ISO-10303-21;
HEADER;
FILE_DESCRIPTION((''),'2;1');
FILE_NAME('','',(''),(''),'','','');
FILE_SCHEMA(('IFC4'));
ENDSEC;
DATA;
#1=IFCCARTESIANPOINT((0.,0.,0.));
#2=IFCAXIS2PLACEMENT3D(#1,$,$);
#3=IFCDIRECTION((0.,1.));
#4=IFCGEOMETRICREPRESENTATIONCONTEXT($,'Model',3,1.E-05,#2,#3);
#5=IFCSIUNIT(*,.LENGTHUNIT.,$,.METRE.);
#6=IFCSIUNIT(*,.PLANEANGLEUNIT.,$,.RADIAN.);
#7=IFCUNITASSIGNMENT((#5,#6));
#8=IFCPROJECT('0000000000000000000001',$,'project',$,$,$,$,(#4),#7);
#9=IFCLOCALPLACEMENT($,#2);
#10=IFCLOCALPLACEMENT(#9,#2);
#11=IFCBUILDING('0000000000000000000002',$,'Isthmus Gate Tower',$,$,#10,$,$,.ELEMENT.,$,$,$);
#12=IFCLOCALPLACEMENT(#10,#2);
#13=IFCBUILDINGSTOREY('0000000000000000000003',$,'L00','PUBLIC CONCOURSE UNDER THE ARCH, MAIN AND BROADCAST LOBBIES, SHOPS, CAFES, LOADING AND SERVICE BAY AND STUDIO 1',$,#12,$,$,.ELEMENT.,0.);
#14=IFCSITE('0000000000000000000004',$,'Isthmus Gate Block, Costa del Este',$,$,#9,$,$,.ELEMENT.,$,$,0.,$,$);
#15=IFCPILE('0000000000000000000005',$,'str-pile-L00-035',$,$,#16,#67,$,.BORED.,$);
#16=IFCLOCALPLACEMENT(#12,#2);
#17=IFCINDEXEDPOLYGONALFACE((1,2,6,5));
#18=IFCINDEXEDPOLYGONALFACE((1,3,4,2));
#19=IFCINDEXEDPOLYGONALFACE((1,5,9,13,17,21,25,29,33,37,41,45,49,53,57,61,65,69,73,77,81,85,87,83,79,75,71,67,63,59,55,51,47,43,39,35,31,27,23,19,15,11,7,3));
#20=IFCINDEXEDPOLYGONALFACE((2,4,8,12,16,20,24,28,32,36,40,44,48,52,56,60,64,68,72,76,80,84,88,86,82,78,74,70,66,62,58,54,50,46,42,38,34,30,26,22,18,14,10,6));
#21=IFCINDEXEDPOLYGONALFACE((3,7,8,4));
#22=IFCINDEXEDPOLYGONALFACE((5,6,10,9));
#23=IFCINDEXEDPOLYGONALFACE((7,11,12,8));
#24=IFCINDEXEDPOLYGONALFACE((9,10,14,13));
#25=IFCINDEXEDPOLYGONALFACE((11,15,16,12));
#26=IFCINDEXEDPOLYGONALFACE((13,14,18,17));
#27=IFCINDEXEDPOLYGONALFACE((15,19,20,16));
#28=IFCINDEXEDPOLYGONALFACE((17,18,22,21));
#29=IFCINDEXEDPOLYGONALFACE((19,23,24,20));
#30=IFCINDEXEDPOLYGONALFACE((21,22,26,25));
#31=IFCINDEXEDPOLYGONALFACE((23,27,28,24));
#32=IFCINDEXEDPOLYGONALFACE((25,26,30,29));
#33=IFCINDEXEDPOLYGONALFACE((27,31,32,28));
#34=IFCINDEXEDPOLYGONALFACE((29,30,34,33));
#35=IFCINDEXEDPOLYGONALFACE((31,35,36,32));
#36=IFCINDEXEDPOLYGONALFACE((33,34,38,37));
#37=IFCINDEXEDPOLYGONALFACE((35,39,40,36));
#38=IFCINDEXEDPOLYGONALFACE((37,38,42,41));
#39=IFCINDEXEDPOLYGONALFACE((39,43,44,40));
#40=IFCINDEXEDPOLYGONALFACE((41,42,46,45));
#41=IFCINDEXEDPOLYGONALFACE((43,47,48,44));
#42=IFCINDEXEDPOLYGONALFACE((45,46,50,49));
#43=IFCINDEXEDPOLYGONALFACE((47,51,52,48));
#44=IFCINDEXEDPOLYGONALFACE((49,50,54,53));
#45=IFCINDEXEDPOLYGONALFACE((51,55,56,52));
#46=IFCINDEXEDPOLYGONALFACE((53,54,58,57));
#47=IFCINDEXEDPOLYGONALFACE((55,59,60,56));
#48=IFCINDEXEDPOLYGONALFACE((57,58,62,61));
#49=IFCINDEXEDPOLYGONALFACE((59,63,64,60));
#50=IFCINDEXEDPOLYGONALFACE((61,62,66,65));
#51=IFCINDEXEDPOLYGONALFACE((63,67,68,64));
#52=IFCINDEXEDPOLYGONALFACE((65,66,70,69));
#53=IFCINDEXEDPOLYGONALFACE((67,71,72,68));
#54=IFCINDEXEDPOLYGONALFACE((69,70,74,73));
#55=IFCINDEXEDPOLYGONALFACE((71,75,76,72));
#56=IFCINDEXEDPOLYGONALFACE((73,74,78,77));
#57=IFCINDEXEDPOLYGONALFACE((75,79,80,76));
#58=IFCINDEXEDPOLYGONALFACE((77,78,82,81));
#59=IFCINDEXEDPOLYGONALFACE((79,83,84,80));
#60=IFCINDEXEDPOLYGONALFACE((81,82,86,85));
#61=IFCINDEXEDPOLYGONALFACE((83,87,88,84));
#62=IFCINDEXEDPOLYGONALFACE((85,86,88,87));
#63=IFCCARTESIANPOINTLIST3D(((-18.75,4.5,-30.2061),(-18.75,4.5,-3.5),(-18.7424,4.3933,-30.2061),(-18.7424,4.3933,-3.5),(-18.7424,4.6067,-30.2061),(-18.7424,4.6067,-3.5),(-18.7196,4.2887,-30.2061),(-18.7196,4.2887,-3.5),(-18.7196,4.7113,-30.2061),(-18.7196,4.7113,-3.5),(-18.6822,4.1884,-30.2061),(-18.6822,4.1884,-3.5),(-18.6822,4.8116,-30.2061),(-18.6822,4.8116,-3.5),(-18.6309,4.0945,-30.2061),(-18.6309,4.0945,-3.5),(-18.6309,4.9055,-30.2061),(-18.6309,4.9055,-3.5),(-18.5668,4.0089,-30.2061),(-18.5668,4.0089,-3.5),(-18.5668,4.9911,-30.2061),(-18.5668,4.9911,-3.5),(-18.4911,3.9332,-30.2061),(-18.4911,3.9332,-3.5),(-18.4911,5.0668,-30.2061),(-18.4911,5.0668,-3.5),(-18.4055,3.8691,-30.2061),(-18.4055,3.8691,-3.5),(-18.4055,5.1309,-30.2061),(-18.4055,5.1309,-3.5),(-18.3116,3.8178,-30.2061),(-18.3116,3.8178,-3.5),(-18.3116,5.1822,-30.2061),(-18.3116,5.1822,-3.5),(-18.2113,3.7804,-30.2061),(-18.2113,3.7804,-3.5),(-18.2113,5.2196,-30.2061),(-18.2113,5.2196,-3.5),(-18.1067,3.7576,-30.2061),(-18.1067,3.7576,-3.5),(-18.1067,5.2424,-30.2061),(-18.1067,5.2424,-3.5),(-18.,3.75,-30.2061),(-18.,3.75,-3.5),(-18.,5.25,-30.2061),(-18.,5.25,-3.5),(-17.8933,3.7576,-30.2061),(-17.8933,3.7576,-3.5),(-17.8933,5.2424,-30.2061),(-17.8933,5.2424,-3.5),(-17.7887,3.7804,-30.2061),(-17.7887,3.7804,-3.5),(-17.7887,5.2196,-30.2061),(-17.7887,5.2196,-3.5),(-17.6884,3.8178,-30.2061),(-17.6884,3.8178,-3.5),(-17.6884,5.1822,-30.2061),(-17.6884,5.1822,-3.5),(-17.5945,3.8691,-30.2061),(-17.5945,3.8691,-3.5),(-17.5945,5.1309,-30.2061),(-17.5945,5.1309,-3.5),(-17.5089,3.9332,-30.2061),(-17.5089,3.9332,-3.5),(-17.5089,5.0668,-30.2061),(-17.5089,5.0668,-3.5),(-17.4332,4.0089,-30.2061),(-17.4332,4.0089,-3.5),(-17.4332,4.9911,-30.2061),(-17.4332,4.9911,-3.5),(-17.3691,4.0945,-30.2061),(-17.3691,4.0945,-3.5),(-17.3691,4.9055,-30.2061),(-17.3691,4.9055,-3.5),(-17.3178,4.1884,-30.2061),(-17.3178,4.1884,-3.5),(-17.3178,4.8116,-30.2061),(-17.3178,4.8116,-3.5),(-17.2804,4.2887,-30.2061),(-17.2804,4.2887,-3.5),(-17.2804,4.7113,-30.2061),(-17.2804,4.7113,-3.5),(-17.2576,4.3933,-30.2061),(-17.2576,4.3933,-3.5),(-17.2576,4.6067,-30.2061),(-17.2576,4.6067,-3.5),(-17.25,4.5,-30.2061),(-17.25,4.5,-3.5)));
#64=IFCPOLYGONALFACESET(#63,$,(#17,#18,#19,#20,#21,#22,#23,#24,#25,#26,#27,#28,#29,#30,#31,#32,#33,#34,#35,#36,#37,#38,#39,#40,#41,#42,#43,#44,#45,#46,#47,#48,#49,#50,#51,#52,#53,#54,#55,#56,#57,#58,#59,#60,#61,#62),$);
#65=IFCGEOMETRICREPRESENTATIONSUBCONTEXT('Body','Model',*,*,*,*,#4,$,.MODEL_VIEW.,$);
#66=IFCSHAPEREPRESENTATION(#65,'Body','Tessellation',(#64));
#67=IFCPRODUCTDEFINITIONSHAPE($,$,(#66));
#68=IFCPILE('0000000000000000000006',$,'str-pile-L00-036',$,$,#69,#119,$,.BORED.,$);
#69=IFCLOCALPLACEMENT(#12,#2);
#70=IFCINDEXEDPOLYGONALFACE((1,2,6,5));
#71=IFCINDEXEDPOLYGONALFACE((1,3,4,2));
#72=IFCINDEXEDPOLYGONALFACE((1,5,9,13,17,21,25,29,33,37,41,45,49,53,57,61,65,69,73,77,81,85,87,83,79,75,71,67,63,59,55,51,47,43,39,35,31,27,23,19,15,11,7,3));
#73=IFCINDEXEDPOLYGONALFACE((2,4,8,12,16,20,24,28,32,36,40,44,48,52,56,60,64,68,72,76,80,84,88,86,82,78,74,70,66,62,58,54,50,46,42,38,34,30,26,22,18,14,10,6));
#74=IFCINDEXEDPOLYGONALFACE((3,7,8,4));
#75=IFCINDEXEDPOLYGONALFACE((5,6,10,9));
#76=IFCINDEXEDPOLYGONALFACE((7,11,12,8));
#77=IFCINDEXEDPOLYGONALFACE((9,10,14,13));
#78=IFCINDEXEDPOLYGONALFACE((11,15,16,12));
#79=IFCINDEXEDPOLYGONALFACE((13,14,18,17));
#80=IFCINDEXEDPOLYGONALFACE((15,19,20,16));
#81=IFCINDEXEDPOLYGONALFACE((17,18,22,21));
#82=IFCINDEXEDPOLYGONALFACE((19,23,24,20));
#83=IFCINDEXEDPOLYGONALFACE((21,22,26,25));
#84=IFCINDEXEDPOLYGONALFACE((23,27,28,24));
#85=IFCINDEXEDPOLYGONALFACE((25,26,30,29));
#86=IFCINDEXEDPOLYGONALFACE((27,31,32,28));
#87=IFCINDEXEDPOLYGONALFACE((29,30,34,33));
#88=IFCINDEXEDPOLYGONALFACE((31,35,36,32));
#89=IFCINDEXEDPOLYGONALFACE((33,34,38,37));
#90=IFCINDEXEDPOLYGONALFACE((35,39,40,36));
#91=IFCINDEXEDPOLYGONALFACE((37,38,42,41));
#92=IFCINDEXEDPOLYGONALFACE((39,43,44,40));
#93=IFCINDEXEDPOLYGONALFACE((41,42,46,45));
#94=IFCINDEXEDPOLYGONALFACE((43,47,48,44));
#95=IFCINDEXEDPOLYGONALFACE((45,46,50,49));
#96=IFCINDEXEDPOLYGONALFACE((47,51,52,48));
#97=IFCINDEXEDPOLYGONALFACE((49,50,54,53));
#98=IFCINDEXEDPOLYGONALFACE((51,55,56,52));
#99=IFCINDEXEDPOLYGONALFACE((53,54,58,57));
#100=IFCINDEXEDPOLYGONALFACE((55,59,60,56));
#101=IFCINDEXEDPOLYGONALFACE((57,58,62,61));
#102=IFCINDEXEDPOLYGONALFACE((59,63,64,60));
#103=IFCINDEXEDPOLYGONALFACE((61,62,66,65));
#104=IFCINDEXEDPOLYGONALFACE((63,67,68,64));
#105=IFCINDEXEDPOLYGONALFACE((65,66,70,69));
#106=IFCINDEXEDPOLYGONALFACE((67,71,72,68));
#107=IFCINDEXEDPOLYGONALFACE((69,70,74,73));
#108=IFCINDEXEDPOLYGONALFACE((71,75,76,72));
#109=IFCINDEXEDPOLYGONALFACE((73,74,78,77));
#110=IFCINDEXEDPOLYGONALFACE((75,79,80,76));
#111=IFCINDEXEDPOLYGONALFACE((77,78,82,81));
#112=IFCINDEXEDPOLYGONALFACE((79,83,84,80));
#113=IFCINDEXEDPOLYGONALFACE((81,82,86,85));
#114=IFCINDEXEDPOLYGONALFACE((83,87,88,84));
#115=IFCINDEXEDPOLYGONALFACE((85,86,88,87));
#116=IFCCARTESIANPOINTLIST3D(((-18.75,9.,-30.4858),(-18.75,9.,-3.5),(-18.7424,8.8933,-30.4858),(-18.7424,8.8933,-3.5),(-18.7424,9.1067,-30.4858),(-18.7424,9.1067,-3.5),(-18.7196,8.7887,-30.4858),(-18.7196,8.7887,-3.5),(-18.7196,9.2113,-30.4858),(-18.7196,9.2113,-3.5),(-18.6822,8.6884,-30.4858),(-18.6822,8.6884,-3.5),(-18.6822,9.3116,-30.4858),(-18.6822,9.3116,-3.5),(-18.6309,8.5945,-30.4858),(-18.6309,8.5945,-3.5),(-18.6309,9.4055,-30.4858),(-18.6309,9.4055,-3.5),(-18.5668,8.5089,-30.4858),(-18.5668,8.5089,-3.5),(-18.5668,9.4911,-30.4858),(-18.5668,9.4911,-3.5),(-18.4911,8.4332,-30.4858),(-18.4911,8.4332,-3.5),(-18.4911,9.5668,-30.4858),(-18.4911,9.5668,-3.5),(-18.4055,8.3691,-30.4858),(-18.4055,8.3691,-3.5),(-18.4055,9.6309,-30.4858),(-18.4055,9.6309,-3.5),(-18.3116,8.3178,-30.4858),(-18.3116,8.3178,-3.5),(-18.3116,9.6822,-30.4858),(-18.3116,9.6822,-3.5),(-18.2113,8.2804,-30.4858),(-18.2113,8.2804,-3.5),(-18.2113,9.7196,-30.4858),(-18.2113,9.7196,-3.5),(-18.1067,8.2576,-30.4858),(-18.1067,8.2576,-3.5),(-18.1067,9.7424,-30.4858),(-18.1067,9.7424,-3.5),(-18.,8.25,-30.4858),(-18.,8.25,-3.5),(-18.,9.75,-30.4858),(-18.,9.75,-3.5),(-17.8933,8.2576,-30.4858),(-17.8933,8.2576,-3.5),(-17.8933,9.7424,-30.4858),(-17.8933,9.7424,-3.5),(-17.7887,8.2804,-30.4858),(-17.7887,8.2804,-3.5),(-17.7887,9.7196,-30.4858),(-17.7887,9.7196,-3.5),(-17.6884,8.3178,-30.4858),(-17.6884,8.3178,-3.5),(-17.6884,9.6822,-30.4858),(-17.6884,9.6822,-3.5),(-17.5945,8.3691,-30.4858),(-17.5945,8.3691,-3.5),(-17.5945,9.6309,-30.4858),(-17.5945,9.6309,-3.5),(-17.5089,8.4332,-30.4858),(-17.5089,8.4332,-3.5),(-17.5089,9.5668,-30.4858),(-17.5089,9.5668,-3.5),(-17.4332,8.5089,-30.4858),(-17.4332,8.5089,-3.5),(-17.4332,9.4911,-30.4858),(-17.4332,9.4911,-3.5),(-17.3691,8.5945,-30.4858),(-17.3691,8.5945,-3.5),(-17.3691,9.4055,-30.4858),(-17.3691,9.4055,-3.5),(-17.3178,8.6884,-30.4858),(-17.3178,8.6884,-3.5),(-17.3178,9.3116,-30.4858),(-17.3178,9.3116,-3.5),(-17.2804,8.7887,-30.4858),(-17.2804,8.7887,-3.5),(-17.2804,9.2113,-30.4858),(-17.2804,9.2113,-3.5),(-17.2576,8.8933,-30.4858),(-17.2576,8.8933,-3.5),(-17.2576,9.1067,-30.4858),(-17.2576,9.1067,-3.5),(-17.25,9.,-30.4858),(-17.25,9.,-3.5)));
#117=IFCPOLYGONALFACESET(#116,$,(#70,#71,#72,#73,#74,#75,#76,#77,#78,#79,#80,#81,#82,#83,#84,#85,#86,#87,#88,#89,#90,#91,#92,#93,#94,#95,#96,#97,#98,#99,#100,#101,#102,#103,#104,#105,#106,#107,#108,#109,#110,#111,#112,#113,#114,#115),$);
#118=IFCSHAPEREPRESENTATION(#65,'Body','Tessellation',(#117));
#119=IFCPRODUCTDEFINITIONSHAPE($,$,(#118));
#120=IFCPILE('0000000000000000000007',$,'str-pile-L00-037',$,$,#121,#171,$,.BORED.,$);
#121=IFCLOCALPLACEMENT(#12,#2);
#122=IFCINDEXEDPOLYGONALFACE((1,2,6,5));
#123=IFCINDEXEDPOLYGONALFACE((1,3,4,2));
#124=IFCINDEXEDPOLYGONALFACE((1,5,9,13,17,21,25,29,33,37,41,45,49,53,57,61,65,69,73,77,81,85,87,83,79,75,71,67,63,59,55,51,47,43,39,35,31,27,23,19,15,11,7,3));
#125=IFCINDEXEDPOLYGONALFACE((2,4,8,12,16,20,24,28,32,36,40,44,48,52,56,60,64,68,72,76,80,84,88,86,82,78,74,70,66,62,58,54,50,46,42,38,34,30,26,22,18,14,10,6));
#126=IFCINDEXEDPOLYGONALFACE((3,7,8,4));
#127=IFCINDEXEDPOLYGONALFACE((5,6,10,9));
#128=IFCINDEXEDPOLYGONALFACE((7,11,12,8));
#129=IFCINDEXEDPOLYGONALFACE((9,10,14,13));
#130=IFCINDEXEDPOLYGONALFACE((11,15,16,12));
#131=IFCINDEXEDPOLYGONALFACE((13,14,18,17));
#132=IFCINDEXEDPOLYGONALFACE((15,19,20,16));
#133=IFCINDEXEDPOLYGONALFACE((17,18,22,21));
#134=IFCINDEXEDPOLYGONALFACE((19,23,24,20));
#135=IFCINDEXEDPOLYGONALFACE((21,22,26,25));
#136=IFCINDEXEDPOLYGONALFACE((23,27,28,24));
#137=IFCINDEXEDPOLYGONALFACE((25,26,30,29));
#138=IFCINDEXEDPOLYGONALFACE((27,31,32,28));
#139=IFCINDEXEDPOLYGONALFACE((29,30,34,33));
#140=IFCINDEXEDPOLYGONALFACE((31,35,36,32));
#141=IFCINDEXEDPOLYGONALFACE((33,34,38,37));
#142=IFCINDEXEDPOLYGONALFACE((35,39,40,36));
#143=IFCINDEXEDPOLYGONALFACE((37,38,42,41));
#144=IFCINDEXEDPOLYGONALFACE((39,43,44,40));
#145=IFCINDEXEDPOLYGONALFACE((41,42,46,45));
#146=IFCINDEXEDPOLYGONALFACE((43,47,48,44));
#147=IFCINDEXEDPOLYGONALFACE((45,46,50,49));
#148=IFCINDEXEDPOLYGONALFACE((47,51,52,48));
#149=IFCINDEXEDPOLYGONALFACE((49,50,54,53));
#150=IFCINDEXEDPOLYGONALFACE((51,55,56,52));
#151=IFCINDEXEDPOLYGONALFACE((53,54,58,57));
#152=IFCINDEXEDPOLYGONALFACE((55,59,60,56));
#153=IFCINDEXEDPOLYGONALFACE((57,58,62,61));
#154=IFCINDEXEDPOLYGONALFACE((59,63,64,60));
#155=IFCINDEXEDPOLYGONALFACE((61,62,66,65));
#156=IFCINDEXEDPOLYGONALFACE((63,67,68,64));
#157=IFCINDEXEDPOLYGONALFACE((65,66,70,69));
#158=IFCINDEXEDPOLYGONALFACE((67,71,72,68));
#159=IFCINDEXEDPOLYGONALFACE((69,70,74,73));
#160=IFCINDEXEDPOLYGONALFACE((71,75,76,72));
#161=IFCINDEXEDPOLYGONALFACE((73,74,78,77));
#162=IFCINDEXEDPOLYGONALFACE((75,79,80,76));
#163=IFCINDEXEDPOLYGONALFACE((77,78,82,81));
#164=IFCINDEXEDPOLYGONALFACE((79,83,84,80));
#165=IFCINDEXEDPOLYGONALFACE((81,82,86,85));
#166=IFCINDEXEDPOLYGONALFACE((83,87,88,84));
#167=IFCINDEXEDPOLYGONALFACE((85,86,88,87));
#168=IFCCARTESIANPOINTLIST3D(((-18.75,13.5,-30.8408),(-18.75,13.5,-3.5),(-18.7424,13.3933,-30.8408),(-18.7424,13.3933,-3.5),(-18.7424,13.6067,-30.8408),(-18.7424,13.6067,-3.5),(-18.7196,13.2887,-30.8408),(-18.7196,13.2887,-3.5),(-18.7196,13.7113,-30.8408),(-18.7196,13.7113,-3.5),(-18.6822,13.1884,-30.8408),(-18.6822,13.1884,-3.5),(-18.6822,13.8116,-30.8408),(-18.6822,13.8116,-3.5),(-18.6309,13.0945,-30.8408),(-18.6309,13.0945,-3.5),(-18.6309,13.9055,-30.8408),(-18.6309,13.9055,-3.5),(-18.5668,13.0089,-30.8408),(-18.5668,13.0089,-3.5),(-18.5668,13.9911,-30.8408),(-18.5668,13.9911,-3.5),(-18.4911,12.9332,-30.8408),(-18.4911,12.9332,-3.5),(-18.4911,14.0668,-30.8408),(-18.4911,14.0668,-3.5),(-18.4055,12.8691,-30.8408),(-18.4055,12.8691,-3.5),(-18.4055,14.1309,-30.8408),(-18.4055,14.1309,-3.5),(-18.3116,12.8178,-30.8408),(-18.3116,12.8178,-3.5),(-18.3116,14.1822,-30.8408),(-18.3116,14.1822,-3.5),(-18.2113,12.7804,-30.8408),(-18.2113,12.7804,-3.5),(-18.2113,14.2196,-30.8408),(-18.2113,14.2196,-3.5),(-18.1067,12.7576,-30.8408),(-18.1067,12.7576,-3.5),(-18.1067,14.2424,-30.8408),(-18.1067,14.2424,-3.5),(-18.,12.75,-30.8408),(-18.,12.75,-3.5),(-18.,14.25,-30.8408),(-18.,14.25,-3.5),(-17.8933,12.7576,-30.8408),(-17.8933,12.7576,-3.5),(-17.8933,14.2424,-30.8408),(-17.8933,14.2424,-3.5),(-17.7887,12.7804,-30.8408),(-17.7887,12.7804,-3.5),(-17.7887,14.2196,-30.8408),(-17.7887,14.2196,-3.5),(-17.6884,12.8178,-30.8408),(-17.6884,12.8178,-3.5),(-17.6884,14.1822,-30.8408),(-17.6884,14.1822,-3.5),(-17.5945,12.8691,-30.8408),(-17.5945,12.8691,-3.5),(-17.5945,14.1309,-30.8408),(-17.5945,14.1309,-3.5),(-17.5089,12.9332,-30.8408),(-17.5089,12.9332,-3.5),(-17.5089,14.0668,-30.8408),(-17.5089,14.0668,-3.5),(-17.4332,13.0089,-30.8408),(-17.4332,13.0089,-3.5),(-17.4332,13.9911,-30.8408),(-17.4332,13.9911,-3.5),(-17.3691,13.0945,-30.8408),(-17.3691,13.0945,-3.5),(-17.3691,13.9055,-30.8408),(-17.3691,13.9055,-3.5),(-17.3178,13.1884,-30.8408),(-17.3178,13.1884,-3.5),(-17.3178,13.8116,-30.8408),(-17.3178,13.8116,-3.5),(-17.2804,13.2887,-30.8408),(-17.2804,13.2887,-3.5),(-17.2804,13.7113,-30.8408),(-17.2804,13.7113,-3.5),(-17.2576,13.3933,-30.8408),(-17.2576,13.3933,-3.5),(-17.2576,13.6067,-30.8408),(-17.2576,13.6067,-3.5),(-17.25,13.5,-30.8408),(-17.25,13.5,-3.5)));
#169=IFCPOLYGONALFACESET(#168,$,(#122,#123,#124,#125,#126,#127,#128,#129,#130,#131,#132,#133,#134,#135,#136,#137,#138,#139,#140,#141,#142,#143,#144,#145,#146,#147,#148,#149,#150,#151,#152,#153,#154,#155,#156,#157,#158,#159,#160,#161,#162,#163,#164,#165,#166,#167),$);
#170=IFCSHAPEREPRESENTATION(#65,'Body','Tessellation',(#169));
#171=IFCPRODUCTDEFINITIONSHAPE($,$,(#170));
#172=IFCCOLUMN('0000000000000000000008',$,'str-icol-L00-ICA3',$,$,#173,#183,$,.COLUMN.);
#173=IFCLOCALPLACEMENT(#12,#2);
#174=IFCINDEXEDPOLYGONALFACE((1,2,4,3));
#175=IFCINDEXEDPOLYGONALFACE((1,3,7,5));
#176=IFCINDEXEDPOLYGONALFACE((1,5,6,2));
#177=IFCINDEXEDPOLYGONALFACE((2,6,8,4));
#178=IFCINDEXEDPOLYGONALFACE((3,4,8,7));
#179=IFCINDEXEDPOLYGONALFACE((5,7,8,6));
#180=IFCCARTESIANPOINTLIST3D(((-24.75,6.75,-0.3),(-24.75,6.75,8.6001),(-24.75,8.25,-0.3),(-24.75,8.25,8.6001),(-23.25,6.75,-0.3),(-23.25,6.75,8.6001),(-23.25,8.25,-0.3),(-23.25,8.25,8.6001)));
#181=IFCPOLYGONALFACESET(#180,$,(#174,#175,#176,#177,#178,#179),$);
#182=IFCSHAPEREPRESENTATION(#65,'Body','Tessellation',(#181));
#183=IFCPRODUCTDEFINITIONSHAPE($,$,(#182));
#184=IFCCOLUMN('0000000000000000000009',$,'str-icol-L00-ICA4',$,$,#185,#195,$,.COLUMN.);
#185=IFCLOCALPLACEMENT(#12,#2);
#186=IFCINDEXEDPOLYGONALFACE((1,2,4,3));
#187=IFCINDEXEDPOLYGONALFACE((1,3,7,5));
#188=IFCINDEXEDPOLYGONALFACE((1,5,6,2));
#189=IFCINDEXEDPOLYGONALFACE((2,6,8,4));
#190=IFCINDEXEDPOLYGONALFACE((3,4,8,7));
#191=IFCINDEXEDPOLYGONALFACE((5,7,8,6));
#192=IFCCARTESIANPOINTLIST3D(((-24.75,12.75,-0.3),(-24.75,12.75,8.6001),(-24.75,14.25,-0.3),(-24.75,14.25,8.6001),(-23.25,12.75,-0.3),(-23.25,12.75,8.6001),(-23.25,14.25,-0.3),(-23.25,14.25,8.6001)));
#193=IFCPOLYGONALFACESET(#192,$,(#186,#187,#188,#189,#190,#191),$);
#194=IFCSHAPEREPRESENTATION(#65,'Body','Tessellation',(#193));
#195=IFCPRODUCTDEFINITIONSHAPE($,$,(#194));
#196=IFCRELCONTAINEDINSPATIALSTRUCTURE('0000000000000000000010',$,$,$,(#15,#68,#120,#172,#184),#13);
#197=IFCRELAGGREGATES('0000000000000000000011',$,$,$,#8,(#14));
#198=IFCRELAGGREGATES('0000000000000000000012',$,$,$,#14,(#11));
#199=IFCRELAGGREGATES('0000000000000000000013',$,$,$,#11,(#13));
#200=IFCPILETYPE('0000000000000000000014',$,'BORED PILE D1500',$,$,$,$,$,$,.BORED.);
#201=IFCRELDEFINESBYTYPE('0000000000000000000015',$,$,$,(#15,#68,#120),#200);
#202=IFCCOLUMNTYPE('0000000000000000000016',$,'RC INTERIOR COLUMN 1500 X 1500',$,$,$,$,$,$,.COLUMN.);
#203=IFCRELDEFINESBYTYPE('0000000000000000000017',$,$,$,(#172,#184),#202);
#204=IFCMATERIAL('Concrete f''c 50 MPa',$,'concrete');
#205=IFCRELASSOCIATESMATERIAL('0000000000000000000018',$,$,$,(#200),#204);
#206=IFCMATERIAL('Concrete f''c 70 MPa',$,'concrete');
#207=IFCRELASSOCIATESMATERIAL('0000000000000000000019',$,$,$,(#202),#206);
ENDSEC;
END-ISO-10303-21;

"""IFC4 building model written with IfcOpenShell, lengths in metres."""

from ifc_helpers import new_model, si_unit, direction, frame, origin, origin_2d, place, context, subcontext, project, spatial, rectangle, circle, extrude, material, material_profile, profile_set, type_object, element, save


model = new_model("IFC4")

# Units and contexts
model_context = context("Model", 3, precision=1e-05, world=origin(), true_north=direction((0.0, 1.0)))
body_context = subcontext(model_context, "Body", "Model", "MODEL_VIEW")
ifc_project = project(units=[si_unit("LENGTHUNIT", "METRE"), si_unit("PLANEANGLEUNIT", "RADIAN")], contexts=[model_context])

# Site, building, storey
site_placement = place(None, origin())
site = spatial("IfcSite", under=ifc_project, at=site_placement, Name="Isthmus Gate Block, Costa del Este", CompositionType="ELEMENT", RefElevation=0.0)
building_placement = place(site_placement, origin())
building = spatial("IfcBuilding", under=site, at=building_placement, Name="Isthmus Gate Tower", CompositionType="ELEMENT")
storey_placement = place(building_placement, origin())
storey = spatial("IfcBuildingStorey", under=building, at=storey_placement, Name="L00", Description="PUBLIC CONCOURSE UNDER THE ARCH, MAIN AND BROADCAST LOBBIES, SHOPS, CAFES, LOADING AND SERVICE BAY AND STUDIO 1", CompositionType="ELEMENT", Elevation=0.0)

# Piles
ifc_material_1 = material(Name="Concrete f'c 50 MPa", Category="concrete")
ifc_material_profile_1 = material_profile(ifc_material_1, circle(Radius=0.75, at=origin_2d()), Name="D1500")
ifc_profile_set_1 = profile_set([ifc_material_profile_1], Name="Concrete f'c 50 MPa")
pile_type = type_object("IfcPileType", Name="BORED PILE D1500", PredefinedType="BORED", material=ifc_profile_set_1)
pile_1_placement = place(storey_placement, frame((-18.0, 4.5, -3.5), z_axis=(0.0, 0.0, -1.0), x_axis=(1.0, 0.0, 0.0)))
element("IfcPile", 1, at=pile_1_placement, inside=storey, type_object=pile_type, Name="str-pile-L00-035", PredefinedType="BORED", context=body_context, shape_type="SweptSolid", body=[
    extrude(circle(Radius=0.75, at=origin_2d()), origin(), (0.0, 0.0, 1.0), 26.7061),
])
pile_2_placement = place(storey_placement, frame((-18.0, 9.0, -3.5), z_axis=(0.0, 0.0, -1.0), x_axis=(1.0, 0.0, 0.0)))
element("IfcPile", 2, at=pile_2_placement, inside=storey, type_object=pile_type, Name="str-pile-L00-036", PredefinedType="BORED", context=body_context, shape_type="SweptSolid", body=[
    extrude(circle(Radius=0.75, at=origin_2d()), origin(), (0.0, 0.0, 1.0), 26.9858),
])
pile_3_placement = place(storey_placement, frame((-18.0, 13.5, -3.5), z_axis=(0.0, 0.0, -1.0), x_axis=(1.0, 0.0, 0.0)))
element("IfcPile", 3, at=pile_3_placement, inside=storey, type_object=pile_type, Name="str-pile-L00-037", PredefinedType="BORED", context=body_context, shape_type="SweptSolid", body=[
    extrude(circle(Radius=0.75, at=origin_2d()), origin(), (0.0, 0.0, 1.0), 27.3408),
])

# Columns
ifc_material_2 = material(Name="Concrete f'c 70 MPa", Category="concrete")
ifc_material_profile_2 = material_profile(ifc_material_2, rectangle(XDim=1.5, YDim=1.5, at=origin_2d()), Name="RC 1500X1500")
ifc_profile_set_2 = profile_set([ifc_material_profile_2], Name="Concrete f'c 70 MPa")
column_type = type_object("IfcColumnType", Name="RC INTERIOR COLUMN 1500 X 1500", PredefinedType="COLUMN", material=ifc_profile_set_2)
for number, where, z_axis, x_axis, name in (
    (4, (-24.0, 7.5, -0.3), (0.0, 0.0, 1.0), (1.0, 0.0, 0.0), "str-icol-L00-ICA3"),
    (5, (-24.0, 13.5, -0.3), (0.0, 0.0, 1.0), (1.0, 0.0, 0.0), "str-icol-L00-ICA4"),
):
    element("IfcColumn", number, at=place(storey_placement, frame(where, z_axis=z_axis, x_axis=x_axis)), inside=storey, type_object=column_type, Name=name, PredefinedType="COLUMN", context=body_context, shape_type="SweptSolid", body=[
        extrude(rectangle(XDim=1.5, YDim=1.5, at=origin_2d()), origin(), (0.0, 0.0, 1.0), 8.9001),
    ])

save(model, "model.ifc")
